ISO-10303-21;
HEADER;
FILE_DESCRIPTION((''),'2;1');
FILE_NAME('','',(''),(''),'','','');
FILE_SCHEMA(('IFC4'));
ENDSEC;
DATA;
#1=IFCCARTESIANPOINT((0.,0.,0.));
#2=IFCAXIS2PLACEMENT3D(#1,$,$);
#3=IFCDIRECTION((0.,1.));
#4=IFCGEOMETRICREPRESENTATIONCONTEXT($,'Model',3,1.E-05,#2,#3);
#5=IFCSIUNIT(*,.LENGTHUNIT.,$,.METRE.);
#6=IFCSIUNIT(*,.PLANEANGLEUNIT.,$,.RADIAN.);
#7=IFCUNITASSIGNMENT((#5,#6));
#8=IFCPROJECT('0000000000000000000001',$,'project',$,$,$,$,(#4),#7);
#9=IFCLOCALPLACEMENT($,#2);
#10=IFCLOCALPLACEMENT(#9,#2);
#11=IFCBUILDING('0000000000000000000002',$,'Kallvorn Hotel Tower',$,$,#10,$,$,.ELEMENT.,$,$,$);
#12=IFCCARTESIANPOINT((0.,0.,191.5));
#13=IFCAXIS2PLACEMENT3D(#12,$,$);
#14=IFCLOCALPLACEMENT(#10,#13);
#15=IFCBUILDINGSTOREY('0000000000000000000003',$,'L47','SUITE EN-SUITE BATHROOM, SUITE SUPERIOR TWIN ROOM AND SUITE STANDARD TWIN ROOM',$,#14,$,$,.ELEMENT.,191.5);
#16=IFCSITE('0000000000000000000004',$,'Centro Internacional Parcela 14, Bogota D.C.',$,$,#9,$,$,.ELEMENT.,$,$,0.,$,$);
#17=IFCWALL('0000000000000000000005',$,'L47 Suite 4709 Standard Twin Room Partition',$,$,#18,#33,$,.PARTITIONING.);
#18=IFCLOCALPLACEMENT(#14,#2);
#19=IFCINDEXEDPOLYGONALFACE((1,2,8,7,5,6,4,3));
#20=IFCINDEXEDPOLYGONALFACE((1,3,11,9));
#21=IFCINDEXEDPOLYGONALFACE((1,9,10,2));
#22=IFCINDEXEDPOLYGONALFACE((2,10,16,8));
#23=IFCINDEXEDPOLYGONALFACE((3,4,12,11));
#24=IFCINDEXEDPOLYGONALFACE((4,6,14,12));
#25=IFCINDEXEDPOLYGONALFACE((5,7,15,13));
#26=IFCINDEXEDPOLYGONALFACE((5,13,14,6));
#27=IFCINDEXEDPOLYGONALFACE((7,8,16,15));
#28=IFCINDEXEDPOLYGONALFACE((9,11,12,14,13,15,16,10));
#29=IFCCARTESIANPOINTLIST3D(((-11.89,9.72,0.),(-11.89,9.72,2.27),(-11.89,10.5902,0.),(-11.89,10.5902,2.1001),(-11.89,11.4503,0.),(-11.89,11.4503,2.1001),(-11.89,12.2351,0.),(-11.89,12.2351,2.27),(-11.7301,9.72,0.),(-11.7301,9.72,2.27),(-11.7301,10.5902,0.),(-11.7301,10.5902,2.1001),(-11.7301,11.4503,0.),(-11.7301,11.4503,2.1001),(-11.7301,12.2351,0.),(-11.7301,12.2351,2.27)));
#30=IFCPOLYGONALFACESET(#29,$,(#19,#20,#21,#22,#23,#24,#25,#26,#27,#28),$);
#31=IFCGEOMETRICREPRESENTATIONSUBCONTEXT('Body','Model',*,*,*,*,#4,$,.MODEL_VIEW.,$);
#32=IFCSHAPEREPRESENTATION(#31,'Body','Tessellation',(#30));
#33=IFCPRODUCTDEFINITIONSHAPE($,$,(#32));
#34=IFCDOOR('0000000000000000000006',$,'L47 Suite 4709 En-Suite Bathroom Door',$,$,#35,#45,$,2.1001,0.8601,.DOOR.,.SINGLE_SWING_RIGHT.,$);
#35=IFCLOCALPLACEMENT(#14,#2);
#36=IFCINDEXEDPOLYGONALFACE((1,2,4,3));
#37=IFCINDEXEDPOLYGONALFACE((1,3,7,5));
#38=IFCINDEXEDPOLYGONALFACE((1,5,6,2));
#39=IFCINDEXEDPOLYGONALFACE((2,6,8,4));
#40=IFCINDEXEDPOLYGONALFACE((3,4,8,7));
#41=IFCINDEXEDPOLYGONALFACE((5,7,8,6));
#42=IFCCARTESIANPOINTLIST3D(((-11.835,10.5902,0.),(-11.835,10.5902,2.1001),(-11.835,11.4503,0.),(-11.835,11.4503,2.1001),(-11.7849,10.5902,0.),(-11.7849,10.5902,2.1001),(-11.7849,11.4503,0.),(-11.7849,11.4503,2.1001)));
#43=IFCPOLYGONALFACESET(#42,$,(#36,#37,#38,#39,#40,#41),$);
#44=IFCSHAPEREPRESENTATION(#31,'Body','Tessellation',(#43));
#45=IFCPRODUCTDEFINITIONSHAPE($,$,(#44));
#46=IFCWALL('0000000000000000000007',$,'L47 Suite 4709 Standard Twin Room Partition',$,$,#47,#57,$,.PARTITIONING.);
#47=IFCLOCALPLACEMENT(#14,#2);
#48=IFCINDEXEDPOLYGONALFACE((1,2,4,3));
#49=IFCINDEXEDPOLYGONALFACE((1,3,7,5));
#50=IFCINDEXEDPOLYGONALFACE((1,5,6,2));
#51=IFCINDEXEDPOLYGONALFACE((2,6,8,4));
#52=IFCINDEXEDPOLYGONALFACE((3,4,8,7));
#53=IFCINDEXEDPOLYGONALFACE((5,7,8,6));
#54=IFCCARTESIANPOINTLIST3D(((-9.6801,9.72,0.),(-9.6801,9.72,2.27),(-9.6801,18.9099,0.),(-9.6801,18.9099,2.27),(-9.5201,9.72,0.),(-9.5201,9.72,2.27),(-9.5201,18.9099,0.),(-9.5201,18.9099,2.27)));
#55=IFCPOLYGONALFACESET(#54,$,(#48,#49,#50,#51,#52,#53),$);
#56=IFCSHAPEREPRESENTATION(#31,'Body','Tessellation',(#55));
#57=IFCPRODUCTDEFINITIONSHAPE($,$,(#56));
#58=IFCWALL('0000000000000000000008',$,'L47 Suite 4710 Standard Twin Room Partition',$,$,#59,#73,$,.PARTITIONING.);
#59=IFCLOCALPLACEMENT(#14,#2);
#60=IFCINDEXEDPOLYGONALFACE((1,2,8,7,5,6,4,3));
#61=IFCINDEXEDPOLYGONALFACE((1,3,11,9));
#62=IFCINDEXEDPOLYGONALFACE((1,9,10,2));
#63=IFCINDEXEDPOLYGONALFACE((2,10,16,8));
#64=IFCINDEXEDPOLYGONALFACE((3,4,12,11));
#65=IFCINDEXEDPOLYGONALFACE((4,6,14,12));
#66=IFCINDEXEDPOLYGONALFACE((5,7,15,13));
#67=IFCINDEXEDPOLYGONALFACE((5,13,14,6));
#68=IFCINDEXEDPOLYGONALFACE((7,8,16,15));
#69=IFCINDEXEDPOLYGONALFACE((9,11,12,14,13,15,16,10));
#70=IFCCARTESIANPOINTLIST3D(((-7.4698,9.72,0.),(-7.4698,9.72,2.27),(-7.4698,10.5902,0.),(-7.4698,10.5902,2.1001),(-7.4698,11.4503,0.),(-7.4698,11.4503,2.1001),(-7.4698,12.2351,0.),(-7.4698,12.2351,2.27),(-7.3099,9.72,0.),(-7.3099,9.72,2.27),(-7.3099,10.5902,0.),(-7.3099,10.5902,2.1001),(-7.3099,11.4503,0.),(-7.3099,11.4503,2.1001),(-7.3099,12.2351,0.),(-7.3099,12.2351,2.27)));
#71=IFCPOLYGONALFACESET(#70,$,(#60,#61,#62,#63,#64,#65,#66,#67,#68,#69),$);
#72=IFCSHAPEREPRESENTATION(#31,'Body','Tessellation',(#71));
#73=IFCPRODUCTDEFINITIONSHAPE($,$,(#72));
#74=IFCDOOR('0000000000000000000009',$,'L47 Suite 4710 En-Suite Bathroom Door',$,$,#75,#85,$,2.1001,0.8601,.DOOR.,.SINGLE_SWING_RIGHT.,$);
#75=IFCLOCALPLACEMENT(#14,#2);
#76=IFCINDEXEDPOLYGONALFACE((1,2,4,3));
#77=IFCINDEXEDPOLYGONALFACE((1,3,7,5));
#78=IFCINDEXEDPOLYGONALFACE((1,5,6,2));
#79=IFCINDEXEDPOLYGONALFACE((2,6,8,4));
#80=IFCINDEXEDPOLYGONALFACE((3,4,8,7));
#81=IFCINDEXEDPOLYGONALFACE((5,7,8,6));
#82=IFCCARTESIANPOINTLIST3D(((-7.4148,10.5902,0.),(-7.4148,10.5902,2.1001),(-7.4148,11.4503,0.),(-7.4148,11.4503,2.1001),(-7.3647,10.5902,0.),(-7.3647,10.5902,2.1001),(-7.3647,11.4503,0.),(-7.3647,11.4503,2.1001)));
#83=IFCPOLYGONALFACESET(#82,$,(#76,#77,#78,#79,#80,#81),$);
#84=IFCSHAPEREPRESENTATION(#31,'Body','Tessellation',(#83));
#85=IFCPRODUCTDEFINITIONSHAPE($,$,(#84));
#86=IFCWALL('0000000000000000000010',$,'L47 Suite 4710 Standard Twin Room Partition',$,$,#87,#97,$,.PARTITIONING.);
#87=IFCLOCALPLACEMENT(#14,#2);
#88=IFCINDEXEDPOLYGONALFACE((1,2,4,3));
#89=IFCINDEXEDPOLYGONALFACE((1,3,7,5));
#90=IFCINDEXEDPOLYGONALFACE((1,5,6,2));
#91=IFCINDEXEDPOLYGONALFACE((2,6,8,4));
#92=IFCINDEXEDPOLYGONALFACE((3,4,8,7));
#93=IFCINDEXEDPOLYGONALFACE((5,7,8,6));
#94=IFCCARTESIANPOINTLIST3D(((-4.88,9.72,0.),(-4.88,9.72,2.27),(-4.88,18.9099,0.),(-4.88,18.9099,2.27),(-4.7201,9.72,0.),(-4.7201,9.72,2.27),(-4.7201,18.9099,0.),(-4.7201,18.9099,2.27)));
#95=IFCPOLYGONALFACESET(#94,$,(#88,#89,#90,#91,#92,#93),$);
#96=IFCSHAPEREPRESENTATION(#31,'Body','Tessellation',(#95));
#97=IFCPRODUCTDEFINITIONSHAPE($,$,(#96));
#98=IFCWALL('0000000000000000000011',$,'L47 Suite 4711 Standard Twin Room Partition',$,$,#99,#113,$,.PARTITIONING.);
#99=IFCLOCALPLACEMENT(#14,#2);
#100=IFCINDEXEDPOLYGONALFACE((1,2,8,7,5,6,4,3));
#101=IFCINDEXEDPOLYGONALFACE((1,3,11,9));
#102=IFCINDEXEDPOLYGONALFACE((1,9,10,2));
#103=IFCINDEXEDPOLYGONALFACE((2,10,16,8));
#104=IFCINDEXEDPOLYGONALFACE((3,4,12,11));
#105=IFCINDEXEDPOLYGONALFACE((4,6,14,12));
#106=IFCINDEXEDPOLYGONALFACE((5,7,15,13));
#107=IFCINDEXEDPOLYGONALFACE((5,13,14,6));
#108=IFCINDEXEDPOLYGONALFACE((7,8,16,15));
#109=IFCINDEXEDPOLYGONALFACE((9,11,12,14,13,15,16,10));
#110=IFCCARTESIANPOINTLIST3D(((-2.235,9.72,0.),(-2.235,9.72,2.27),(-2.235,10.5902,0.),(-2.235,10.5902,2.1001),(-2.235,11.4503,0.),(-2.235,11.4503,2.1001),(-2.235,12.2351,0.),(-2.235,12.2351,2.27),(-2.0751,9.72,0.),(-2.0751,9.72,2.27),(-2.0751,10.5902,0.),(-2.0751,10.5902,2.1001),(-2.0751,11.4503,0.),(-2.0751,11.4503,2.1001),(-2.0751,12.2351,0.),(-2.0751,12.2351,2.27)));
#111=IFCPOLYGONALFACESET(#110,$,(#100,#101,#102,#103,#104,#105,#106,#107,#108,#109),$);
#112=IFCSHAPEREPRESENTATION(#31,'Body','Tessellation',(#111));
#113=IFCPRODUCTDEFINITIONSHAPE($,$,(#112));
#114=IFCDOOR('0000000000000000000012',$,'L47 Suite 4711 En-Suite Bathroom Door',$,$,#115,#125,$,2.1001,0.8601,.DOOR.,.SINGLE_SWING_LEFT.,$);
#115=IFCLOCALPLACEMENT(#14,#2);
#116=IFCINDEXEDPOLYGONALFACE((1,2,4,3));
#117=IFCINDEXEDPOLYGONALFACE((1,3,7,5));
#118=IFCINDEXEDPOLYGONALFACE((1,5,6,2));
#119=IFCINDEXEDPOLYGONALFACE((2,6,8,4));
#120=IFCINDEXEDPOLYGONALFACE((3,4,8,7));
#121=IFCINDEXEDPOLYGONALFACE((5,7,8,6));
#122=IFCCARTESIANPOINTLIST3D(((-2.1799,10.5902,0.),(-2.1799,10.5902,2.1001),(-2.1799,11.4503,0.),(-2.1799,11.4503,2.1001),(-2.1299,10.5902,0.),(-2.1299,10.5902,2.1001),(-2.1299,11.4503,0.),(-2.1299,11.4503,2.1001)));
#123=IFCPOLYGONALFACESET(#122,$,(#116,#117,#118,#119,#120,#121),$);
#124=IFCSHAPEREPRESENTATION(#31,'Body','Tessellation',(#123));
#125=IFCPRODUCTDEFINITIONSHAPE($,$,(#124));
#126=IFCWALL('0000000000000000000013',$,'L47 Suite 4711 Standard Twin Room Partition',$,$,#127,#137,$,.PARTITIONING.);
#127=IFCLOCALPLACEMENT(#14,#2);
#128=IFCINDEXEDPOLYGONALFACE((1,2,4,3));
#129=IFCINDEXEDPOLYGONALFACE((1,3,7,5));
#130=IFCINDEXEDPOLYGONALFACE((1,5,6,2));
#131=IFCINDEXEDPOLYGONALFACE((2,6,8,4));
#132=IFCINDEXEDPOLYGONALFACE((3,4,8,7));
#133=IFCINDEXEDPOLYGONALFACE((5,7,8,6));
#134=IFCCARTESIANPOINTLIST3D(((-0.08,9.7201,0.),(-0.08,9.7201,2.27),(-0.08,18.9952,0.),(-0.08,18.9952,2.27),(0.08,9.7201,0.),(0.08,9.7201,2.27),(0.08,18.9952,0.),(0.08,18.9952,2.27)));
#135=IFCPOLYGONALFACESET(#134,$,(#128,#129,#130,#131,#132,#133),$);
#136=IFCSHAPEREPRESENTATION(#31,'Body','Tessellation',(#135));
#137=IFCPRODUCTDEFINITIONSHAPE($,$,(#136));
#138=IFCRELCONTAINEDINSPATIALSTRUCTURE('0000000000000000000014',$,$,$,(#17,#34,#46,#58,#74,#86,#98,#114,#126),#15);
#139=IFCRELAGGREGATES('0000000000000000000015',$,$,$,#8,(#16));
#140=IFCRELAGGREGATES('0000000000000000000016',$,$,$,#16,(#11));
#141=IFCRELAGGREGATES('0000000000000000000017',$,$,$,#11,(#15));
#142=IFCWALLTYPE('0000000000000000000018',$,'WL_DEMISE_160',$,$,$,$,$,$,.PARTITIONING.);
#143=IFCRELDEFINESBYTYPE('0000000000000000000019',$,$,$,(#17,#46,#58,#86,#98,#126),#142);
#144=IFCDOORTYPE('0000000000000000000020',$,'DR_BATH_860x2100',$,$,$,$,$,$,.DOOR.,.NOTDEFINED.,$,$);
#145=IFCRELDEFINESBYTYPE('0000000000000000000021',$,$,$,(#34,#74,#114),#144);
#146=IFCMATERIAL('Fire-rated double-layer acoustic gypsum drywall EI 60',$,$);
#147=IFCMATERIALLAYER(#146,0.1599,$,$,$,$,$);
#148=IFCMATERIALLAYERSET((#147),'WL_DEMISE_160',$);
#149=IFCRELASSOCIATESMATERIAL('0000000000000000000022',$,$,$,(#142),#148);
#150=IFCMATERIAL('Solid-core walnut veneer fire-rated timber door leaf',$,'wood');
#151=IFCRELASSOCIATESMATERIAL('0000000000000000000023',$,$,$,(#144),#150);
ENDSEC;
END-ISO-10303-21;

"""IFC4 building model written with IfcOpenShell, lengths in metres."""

from ifc_helpers import new_model, si_unit, direction, frame, frame_2d, origin, place, context, subcontext, project, spatial, rectangle, extrude, material, layer, layer_set, type_object, element, fill, save


model = new_model("IFC4")

# Units and contexts
model_context = context("Model", 3, precision=1e-05, world=origin(), true_north=direction((0.0, 1.0)))
body_context = subcontext(model_context, "Body", "Model", "MODEL_VIEW")
ifc_project = project(units=[si_unit("LENGTHUNIT", "METRE"), si_unit("PLANEANGLEUNIT", "RADIAN")], contexts=[model_context])

# Site, building, storey
site_placement = place(None, origin())
site = spatial("IfcSite", under=ifc_project, at=site_placement, Name="Centro Internacional Parcela 14, Bogota D.C.", CompositionType="ELEMENT", RefElevation=0.0)
building_placement = place(site_placement, origin())
building = spatial("IfcBuilding", under=site, at=building_placement, Name="Kallvorn Hotel Tower", CompositionType="ELEMENT")
storey_placement = place(building_placement, frame((0.0, 0.0, 191.5)))
storey = spatial("IfcBuildingStorey", under=building, at=storey_placement, Name="L47", Description="SUITE EN-SUITE BATHROOM, SUITE SUPERIOR TWIN ROOM AND SUITE STANDARD TWIN ROOM", CompositionType="ELEMENT", Elevation=191.5)

# Shared definitions
ifc_material_1 = material(Name="Fire-rated double-layer acoustic gypsum drywall EI 60")
ifc_layer_1 = layer(ifc_material_1, 0.1599)
ifc_layer_set_1 = layer_set([ifc_layer_1], Name="WL_DEMISE_160")
wall_type = type_object("IfcWallType", Name="WL_DEMISE_160", PredefinedType="PARTITIONING", material=ifc_layer_set_1)

# Wall, opening, door
wall_1_placement = place(storey_placement, frame((-11.8101, 9.72, 0.0), z_axis=(0.0, 0.0, 1.0), x_axis=(0.0, 1.0, 0.0)))
wall_1 = element("IfcWall", 1, at=wall_1_placement, inside=storey, type_object=wall_type, Name="L47 Suite 4709 Standard Twin Room Partition", PredefinedType="PARTITIONING", context=body_context, shape_type="SweptSolid", body=[
    extrude(rectangle(XDim=2.5151, YDim=0.1599, at=frame_2d((1.2576, 0.0))), origin(), (0.0, 0.0, 1.0), 2.27),
])
opening_1_placement = place(wall_1_placement, frame((0.8701, 0.0, 0.0)))
opening_1 = element("IfcOpeningElement", 2, at=opening_1_placement, cuts=wall_1, PredefinedType="OPENING", context=body_context, shape_type="SweptSolid", body=[
    extrude(rectangle(XDim=0.8601, YDim=2.1001, at=frame_2d((0.4302, 1.05))), frame((0.0, 0.095, 0.0), z_axis=(0.0, -1.0, 0.0), x_axis=(1.0, 0.0, 0.0)), (0.0, 0.0, 1.0), 0.1899),
])
ifc_material_2 = material(Name="Solid-core walnut veneer fire-rated timber door leaf", Category="wood")
door_type = type_object("IfcDoorType", Name="DR_BATH_860x2100", OperationType="NOTDEFINED", PredefinedType="DOOR", material=ifc_material_2)
door_1_placement = place(opening_1_placement, origin())
door_1 = element("IfcDoor", 3, at=door_1_placement, inside=storey, type_object=door_type, Name="L47 Suite 4709 En-Suite Bathroom Door", OperationType="SINGLE_SWING_RIGHT", OverallHeight=2.1001, OverallWidth=0.8601, PredefinedType="DOOR", context=body_context, shape_type="SweptSolid", body=[
    extrude(rectangle(XDim=0.8601, YDim=2.1001, at=frame_2d((0.4302, 1.05))), frame((0.0, 0.0249, 0.0), z_axis=(0.0, -1.0, 0.0), x_axis=(1.0, 0.0, 0.0)), (0.0, 0.0, 1.0), 0.05),
])
fill(opening_1, door_1)

# Wall
wall_2_placement = place(storey_placement, frame((-9.6001, 9.72, 0.0), z_axis=(0.0, 0.0, 1.0), x_axis=(0.0, 1.0, 0.0)))
element("IfcWall", 4, at=wall_2_placement, inside=storey, type_object=wall_type, Name="L47 Suite 4709 Standard Twin Room Partition", PredefinedType="PARTITIONING", context=body_context, shape_type="SweptSolid", body=[
    extrude(rectangle(XDim=9.1899, YDim=0.1599, at=frame_2d((4.595, 0.0))), origin(), (0.0, 0.0, 1.0), 2.27),
])

# Wall, opening, door
wall_3_placement = place(storey_placement, frame((-7.3899, 9.72, 0.0), z_axis=(0.0, 0.0, 1.0), x_axis=(0.0, 1.0, 0.0)))
wall_3 = element("IfcWall", 5, at=wall_3_placement, inside=storey, type_object=wall_type, Name="L47 Suite 4710 Standard Twin Room Partition", PredefinedType="PARTITIONING", context=body_context, shape_type="SweptSolid", body=[
    extrude(rectangle(XDim=2.5151, YDim=0.1599, at=frame_2d((1.2576, 0.0))), origin(), (0.0, 0.0, 1.0), 2.27),
])
opening_2_placement = place(wall_3_placement, frame((0.8701, 0.0, 0.0)))
opening_2 = element("IfcOpeningElement", 6, at=opening_2_placement, cuts=wall_3, PredefinedType="OPENING", context=body_context, shape_type="SweptSolid", body=[
    extrude(rectangle(XDim=0.8601, YDim=2.1001, at=frame_2d((0.4302, 1.05))), frame((0.0, 0.095, 0.0), z_axis=(0.0, -1.0, 0.0), x_axis=(1.0, 0.0, 0.0)), (0.0, 0.0, 1.0), 0.1899),
])
door_2_placement = place(opening_2_placement, origin())
door_2 = element("IfcDoor", 7, at=door_2_placement, inside=storey, type_object=door_type, Name="L47 Suite 4710 En-Suite Bathroom Door", OperationType="SINGLE_SWING_RIGHT", OverallHeight=2.1001, OverallWidth=0.8601, PredefinedType="DOOR", context=body_context, shape_type="SweptSolid", body=[
    extrude(rectangle(XDim=0.8601, YDim=2.1001, at=frame_2d((0.4302, 1.05))), frame((0.0, 0.0249, 0.0), z_axis=(0.0, -1.0, 0.0), x_axis=(1.0, 0.0, 0.0)), (0.0, 0.0, 1.0), 0.05),
])
fill(opening_2, door_2)

# Wall
wall_4_placement = place(storey_placement, frame((-4.8, 9.72, 0.0), z_axis=(0.0, 0.0, 1.0), x_axis=(0.0, 1.0, 0.0)))
element("IfcWall", 8, at=wall_4_placement, inside=storey, type_object=wall_type, Name="L47 Suite 4710 Standard Twin Room Partition", PredefinedType="PARTITIONING", context=body_context, shape_type="SweptSolid", body=[
    extrude(rectangle(XDim=9.1899, YDim=0.1599, at=frame_2d((4.595, 0.0))), origin(), (0.0, 0.0, 1.0), 2.27),
])

# Wall, opening, door
wall_5_placement = place(storey_placement, frame((-2.155, 9.72, 0.0), z_axis=(0.0, 0.0, 1.0), x_axis=(0.0, 1.0, 0.0)))
wall_5 = element("IfcWall", 9, at=wall_5_placement, inside=storey, type_object=wall_type, Name="L47 Suite 4711 Standard Twin Room Partition", PredefinedType="PARTITIONING", context=body_context, shape_type="SweptSolid", body=[
    extrude(rectangle(XDim=2.5151, YDim=0.1599, at=frame_2d((1.2576, 0.0))), origin(), (0.0, 0.0, 1.0), 2.27),
])
opening_3_placement = place(wall_5_placement, frame((0.8701, 0.0, 0.0)))
opening_3 = element("IfcOpeningElement", 10, at=opening_3_placement, cuts=wall_5, PredefinedType="OPENING", context=body_context, shape_type="SweptSolid", body=[
    extrude(rectangle(XDim=0.8601, YDim=2.1001, at=frame_2d((0.4302, 1.05))), frame((0.0, 0.095, 0.0), z_axis=(0.0, -1.0, 0.0), x_axis=(1.0, 0.0, 0.0)), (0.0, 0.0, 1.0), 0.1899),
])
door_3_placement = place(opening_3_placement, origin())
door_3 = element("IfcDoor", 11, at=door_3_placement, inside=storey, type_object=door_type, Name="L47 Suite 4711 En-Suite Bathroom Door", OperationType="SINGLE_SWING_LEFT", OverallHeight=2.1001, OverallWidth=0.8601, PredefinedType="DOOR", context=body_context, shape_type="SweptSolid", body=[
    extrude(rectangle(XDim=0.8601, YDim=2.1001, at=frame_2d((0.4302, 1.05))), frame((0.0, 0.0249, 0.0), z_axis=(0.0, -1.0, 0.0), x_axis=(1.0, 0.0, 0.0)), (0.0, 0.0, 1.0), 0.05),
])
fill(opening_3, door_3)

# Wall
wall_6_placement = place(storey_placement, frame((0.0, 9.72, 0.0), z_axis=(0.0, 0.0, 1.0), x_axis=(0.0, 1.0, 0.0)))
element("IfcWall", 12, at=wall_6_placement, inside=storey, type_object=wall_type, Name="L47 Suite 4711 Standard Twin Room Partition", PredefinedType="PARTITIONING", context=body_context, shape_type="SweptSolid", body=[
    extrude(rectangle(XDim=9.2751, YDim=0.1599, at=frame_2d((4.6377, 0.0))), origin(), (0.0, 0.0, 1.0), 2.27),
])

save(model, "model.ifc")
